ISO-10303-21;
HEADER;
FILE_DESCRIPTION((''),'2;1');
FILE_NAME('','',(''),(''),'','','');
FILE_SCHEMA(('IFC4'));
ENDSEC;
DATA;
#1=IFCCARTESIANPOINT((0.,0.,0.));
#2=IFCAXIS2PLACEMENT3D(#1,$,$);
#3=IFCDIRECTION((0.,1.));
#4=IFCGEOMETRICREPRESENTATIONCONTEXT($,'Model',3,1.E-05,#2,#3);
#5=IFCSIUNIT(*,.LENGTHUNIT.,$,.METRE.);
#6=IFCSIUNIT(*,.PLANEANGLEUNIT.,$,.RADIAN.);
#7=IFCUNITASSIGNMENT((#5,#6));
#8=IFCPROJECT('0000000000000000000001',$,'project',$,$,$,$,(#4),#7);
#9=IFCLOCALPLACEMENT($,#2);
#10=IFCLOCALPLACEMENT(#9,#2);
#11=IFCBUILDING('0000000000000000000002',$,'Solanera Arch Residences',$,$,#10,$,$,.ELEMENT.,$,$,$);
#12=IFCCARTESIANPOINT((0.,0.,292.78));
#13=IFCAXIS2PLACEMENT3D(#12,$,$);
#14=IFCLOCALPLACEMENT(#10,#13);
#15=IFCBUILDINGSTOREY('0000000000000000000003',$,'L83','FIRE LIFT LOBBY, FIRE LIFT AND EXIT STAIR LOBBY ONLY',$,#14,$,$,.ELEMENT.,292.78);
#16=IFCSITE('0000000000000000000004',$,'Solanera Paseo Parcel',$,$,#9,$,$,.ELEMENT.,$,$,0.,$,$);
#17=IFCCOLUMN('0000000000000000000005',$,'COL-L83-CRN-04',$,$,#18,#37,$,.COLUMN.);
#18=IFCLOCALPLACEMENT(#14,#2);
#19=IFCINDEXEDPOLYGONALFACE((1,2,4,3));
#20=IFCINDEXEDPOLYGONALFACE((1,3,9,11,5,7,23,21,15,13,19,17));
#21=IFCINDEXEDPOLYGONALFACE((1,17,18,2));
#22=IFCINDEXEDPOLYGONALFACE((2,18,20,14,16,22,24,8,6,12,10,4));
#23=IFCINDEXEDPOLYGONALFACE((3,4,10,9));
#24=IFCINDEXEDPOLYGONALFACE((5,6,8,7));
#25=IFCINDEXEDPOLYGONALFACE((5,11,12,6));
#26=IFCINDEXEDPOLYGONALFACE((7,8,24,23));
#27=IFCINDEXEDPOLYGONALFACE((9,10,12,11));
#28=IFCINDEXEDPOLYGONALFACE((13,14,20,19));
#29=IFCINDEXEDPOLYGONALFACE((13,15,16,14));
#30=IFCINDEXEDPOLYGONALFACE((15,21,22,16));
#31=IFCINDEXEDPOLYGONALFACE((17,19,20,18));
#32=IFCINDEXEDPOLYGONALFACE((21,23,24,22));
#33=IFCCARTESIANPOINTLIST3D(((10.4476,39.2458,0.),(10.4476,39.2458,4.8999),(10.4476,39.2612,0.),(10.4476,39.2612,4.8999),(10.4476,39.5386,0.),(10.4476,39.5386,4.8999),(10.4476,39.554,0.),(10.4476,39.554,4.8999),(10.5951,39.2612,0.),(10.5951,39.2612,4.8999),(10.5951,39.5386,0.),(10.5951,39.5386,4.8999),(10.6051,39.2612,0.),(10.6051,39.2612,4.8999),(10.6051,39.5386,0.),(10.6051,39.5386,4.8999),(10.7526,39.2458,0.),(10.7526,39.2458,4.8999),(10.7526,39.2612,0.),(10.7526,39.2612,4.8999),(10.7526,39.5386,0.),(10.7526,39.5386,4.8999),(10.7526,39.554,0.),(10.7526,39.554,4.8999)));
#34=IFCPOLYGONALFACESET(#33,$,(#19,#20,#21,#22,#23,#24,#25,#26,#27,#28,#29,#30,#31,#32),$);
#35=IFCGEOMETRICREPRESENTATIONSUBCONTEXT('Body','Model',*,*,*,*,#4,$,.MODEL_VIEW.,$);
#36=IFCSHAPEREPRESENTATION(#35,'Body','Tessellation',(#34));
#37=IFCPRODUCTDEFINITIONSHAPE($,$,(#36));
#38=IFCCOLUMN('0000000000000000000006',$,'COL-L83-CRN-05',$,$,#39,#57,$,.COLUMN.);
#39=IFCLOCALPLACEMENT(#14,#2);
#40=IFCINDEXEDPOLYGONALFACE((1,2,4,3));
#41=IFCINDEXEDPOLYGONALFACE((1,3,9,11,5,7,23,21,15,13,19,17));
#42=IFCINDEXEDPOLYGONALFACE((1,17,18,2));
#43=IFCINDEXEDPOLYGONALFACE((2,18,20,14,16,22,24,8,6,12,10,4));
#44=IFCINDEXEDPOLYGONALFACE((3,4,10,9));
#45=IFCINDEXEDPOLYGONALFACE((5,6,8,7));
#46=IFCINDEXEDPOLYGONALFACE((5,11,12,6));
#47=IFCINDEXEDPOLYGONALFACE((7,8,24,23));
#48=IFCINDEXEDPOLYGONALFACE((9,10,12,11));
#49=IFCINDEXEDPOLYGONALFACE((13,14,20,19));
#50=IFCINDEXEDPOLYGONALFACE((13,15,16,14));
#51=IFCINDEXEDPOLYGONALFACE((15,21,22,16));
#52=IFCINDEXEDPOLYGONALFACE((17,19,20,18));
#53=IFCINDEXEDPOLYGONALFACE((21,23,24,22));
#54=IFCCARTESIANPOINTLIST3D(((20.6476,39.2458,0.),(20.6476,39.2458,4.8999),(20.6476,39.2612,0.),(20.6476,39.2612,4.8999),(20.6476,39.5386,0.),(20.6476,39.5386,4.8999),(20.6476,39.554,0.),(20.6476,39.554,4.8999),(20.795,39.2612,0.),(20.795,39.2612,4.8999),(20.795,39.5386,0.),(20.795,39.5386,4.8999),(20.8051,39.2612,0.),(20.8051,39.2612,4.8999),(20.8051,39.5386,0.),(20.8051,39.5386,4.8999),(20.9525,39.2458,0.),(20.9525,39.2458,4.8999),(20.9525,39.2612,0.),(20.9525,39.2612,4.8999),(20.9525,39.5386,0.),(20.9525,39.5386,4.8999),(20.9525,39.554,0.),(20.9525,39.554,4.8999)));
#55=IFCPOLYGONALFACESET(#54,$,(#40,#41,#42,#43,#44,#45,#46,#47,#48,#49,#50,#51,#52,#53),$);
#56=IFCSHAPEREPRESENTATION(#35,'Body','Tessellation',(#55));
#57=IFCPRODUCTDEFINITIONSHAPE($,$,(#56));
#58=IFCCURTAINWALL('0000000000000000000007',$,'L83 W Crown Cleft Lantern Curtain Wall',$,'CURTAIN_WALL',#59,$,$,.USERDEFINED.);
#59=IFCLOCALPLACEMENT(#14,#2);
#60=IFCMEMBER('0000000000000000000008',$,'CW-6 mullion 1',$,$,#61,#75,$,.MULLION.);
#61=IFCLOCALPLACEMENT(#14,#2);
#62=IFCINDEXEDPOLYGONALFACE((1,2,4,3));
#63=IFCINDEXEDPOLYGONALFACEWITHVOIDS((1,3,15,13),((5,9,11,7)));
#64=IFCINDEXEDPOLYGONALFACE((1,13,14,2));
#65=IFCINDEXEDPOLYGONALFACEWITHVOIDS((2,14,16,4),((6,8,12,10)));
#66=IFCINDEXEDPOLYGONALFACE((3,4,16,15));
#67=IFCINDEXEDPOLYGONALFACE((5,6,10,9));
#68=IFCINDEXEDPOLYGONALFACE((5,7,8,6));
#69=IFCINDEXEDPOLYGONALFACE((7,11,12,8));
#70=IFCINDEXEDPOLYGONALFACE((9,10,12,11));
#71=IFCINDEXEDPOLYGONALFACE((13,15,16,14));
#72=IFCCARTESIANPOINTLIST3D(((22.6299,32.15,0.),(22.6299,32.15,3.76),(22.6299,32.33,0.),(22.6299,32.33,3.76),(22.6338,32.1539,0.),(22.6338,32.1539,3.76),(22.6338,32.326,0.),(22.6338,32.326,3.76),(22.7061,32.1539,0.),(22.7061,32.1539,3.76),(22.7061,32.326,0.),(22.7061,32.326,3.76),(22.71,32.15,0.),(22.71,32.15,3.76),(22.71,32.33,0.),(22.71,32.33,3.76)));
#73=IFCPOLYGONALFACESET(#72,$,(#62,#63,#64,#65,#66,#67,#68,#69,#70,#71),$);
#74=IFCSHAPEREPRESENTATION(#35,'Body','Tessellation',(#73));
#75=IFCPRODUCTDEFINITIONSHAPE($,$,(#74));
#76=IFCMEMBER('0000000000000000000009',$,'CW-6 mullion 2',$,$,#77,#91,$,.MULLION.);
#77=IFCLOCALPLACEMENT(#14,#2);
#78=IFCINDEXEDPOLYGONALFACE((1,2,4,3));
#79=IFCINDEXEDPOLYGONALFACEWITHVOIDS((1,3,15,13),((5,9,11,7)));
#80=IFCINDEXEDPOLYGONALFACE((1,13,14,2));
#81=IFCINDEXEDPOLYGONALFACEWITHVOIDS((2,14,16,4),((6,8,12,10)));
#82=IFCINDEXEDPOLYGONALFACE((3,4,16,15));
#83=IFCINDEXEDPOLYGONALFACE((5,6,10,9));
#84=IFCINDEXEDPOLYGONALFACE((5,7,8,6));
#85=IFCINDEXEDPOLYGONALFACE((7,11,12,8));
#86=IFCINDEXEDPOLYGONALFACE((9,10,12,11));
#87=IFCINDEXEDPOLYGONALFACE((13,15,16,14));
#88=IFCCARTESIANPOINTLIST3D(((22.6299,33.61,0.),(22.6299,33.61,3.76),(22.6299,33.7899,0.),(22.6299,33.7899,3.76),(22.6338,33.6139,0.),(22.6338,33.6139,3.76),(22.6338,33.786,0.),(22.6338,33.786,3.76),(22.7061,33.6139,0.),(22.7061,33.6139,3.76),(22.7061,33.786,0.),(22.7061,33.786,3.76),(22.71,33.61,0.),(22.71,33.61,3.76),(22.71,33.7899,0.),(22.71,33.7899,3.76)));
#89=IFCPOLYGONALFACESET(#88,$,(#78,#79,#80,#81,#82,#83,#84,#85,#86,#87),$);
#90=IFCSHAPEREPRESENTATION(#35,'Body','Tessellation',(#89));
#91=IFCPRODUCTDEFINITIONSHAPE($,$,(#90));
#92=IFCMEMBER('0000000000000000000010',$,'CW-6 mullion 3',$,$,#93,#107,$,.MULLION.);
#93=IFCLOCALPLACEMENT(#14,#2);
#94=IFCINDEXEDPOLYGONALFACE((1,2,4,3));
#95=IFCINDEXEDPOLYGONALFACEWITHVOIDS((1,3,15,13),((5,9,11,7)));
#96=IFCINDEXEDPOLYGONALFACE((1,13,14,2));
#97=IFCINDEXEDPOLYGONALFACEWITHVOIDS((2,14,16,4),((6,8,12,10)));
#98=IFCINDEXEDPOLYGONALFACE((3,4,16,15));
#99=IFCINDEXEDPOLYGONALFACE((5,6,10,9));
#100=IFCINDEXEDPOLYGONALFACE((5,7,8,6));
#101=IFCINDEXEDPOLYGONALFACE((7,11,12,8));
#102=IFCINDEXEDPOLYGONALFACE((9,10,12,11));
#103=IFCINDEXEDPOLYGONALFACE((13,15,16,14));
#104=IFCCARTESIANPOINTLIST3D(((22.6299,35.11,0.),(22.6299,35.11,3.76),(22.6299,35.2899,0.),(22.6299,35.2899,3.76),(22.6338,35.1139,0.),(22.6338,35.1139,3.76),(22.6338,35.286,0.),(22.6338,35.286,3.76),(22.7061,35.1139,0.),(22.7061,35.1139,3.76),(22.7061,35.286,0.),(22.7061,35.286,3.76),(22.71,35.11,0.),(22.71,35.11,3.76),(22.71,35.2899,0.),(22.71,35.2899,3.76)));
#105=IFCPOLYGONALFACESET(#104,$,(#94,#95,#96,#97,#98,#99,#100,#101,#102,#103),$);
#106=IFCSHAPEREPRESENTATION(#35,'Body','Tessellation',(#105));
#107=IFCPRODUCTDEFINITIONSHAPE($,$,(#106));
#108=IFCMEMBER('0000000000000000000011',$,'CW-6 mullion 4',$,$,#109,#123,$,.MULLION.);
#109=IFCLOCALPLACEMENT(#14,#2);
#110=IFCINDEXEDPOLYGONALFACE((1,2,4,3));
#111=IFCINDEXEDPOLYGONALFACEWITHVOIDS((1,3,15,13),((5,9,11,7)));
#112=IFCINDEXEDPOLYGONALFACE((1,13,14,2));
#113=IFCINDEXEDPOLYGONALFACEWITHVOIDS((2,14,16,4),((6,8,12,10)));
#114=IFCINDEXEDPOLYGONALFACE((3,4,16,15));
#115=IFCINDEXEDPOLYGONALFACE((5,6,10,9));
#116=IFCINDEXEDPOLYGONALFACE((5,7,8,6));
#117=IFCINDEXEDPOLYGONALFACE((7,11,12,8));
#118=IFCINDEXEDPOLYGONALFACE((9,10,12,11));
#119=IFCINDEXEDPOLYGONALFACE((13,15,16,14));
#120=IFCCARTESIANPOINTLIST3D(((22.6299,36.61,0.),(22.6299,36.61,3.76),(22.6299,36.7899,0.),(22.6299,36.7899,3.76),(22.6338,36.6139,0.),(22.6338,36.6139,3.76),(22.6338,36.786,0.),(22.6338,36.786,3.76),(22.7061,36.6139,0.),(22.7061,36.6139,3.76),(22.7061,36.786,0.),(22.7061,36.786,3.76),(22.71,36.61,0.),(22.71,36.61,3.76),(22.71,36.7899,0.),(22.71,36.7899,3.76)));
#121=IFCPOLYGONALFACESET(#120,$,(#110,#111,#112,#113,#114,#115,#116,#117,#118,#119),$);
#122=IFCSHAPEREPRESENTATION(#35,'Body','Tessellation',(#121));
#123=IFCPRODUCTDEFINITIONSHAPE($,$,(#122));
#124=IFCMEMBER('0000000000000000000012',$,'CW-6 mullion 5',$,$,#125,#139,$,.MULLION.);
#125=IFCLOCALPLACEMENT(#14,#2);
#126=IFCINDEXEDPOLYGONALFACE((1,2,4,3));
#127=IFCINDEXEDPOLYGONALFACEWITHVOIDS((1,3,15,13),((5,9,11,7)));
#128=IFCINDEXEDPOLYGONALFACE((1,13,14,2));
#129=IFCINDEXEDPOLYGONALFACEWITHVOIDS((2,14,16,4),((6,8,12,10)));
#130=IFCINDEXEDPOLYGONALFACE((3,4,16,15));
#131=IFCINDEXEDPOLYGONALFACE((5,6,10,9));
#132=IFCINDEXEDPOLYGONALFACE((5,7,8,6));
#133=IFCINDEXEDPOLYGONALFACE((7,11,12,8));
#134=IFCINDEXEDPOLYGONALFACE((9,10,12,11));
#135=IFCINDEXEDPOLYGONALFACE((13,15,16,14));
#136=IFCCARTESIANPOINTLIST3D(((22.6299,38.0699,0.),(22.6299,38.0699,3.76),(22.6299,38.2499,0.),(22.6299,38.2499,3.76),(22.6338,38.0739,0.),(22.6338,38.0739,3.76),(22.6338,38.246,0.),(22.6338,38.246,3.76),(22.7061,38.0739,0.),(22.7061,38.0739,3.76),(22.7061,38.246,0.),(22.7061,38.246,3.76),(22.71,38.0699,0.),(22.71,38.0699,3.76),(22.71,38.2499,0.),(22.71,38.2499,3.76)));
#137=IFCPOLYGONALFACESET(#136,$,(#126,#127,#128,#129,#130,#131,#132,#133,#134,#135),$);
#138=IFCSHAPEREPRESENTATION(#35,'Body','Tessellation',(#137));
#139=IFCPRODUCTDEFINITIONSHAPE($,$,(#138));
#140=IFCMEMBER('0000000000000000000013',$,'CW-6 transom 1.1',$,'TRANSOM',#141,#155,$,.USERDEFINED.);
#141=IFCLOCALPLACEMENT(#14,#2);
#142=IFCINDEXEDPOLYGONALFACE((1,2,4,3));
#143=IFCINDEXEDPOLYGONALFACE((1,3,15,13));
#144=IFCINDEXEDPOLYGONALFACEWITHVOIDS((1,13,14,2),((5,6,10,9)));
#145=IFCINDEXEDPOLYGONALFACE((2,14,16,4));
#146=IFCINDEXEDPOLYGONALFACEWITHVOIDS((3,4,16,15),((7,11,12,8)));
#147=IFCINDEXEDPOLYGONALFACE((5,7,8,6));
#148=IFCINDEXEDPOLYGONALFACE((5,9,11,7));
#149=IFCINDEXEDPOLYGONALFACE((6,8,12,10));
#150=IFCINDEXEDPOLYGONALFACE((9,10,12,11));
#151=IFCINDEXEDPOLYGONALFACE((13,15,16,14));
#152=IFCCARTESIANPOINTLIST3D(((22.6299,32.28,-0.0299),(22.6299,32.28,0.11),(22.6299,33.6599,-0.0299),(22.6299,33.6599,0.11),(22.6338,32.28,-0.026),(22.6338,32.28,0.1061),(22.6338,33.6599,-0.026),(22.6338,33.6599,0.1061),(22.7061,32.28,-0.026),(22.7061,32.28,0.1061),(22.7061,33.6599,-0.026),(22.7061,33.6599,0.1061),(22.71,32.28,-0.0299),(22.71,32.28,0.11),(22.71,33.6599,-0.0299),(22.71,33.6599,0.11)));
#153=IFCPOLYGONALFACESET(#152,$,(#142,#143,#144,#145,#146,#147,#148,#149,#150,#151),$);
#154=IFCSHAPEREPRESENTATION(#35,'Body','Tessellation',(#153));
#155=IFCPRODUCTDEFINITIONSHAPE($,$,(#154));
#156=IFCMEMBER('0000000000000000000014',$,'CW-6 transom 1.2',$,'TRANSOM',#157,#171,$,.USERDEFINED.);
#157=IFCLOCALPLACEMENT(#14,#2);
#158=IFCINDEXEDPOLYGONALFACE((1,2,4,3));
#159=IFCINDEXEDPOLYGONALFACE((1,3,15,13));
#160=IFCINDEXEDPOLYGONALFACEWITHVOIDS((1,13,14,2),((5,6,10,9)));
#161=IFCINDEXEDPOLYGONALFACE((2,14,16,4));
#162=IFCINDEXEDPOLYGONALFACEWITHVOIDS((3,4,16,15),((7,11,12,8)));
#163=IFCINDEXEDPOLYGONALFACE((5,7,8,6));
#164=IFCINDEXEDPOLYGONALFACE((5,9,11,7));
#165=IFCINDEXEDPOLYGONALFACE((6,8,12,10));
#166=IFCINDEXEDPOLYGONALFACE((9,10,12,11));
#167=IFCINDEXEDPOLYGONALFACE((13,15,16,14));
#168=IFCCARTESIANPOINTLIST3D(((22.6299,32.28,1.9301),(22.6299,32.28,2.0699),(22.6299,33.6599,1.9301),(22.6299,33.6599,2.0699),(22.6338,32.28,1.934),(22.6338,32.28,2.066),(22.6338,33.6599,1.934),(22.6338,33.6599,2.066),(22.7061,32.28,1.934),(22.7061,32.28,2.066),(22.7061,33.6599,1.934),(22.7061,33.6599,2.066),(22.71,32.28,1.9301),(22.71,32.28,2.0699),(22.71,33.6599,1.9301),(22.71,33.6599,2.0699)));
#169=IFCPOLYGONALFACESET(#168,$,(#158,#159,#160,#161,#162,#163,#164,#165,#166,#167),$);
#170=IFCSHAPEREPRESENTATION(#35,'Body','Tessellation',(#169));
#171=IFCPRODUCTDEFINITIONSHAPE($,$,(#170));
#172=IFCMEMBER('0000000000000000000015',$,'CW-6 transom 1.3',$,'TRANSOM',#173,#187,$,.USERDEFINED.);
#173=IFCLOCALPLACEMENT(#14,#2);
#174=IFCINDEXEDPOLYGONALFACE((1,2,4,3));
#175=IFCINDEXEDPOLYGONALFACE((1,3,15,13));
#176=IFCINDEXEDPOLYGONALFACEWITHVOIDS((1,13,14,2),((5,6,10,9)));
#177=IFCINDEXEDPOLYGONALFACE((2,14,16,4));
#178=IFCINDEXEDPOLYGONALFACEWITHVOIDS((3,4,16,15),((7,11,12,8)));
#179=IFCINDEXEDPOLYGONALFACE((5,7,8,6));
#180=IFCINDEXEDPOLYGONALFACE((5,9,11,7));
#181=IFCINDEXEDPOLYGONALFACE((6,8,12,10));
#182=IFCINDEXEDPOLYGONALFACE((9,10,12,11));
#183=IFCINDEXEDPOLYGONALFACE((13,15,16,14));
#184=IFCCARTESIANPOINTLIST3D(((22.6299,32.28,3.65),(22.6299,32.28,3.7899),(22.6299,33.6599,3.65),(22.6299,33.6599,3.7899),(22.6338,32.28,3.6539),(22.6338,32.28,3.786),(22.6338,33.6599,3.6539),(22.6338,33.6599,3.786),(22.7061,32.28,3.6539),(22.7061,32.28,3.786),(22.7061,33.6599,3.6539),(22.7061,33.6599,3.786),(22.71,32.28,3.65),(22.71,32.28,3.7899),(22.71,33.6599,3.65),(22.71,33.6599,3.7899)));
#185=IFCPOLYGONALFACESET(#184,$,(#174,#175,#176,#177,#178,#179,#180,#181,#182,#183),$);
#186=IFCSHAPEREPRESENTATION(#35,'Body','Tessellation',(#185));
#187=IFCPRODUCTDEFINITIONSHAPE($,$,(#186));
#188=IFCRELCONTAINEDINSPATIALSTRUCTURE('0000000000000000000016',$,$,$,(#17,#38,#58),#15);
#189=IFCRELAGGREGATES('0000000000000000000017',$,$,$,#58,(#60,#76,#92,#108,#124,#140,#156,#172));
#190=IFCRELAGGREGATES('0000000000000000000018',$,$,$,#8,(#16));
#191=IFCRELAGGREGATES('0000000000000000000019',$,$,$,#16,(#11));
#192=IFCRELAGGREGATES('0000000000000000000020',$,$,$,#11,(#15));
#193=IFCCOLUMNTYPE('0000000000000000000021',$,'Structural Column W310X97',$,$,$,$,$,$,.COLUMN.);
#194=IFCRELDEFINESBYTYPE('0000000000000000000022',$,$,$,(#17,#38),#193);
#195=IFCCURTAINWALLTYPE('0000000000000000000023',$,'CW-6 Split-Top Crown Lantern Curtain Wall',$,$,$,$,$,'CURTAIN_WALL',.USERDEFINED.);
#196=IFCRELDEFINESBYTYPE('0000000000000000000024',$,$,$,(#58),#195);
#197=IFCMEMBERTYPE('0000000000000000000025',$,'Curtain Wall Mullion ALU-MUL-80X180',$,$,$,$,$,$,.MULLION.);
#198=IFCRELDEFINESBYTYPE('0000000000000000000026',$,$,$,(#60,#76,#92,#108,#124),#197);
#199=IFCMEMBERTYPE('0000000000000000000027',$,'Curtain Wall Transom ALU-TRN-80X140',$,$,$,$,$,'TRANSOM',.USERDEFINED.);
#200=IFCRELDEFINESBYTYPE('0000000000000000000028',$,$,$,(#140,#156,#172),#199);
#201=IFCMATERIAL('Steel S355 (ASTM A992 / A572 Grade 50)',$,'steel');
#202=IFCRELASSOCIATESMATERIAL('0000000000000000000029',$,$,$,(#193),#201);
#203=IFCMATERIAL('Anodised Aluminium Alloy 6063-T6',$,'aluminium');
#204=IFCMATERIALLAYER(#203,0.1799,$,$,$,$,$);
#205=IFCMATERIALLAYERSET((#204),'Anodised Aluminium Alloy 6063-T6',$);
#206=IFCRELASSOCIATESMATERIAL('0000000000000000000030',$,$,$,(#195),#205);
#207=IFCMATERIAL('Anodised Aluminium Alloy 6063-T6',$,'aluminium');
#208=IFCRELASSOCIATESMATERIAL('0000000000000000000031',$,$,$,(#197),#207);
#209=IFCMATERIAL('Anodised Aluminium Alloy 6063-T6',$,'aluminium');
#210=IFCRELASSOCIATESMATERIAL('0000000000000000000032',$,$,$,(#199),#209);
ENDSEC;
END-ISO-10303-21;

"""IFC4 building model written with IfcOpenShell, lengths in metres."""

from ifc_helpers import new_model, si_unit, direction, frame, origin, origin_2d, place, context, subcontext, project, spatial, hollow_rectangle, i_section, extrude, material, layer, layer_set, material_profile, profile_set, type_object, element, aggregate, save


model = new_model("IFC4")

# Units and contexts
model_context = context("Model", 3, precision=1e-05, world=origin(), true_north=direction((0.0, 1.0)))
body_context = subcontext(model_context, "Body", "Model", "MODEL_VIEW")
ifc_project = project(units=[si_unit("LENGTHUNIT", "METRE"), si_unit("PLANEANGLEUNIT", "RADIAN")], contexts=[model_context])

# Site, building, storey
site_placement = place(None, origin())
site = spatial("IfcSite", under=ifc_project, at=site_placement, Name="Solanera Paseo Parcel", CompositionType="ELEMENT", RefElevation=0.0)
building_placement = place(site_placement, origin())
building = spatial("IfcBuilding", under=site, at=building_placement, Name="Solanera Arch Residences", CompositionType="ELEMENT")
storey_placement = place(building_placement, frame((0.0, 0.0, 292.78)))
storey = spatial("IfcBuildingStorey", under=building, at=storey_placement, Name="L83", Description="FIRE LIFT LOBBY, FIRE LIFT AND EXIT STAIR LOBBY ONLY", CompositionType="ELEMENT", Elevation=292.78)

# Columns
ifc_material_1 = material(Name="Steel S355 (ASTM A992 / A572 Grade 50)", Category="steel")
ifc_material_profile_1 = material_profile(ifc_material_1, i_section(OverallWidth=0.3049, OverallDepth=0.3081, WebThickness=0.01, FlangeThickness=0.0154, at=origin_2d()))
ifc_profile_set_1 = profile_set([ifc_material_profile_1], Name="Steel S355 (ASTM A992 / A572 Grade 50)")
column_type = type_object("IfcColumnType", Name="Structural Column W310X97", PredefinedType="COLUMN", material=ifc_profile_set_1)
for number, where, z_axis, x_axis, name in (
    (1, (10.6001, 39.3999, 0.0), (0.0, 0.0, 1.0), (1.0, 0.0, 0.0), "COL-L83-CRN-04"),
    (2, (20.8, 39.3999, 0.0), (0.0, 0.0, 1.0), (1.0, 0.0, 0.0), "COL-L83-CRN-05"),
):
    element("IfcColumn", number, at=place(storey_placement, frame(where, z_axis=z_axis, x_axis=x_axis)), inside=storey, type_object=column_type, Name=name, PredefinedType="COLUMN", context=body_context, shape_type="SweptSolid", body=[
        extrude(i_section(OverallWidth=0.3049, OverallDepth=0.3081, WebThickness=0.01, FlangeThickness=0.0154, at=origin_2d()), origin(), (0.0, 0.0, 1.0), 4.8999),
    ])

# Curtain wall, members
ifc_material_2 = material(Name="Anodised Aluminium Alloy 6063-T6", Category="aluminium")
ifc_layer_1 = layer(ifc_material_2, 0.1799)
ifc_layer_set_1 = layer_set([ifc_layer_1], Name="Anodised Aluminium Alloy 6063-T6")
curtain_wall_type = type_object("IfcCurtainWallType", Name="CW-6 Split-Top Crown Lantern Curtain Wall", ElementType="CURTAIN_WALL", PredefinedType="USERDEFINED", material=ifc_layer_set_1)
curtain_wall_placement = place(storey_placement, origin())
curtain_wall = element("IfcCurtainWall", 3, at=curtain_wall_placement, inside=storey, type_object=curtain_wall_type, Name="L83 W Crown Cleft Lantern Curtain Wall", ObjectType="CURTAIN_WALL", PredefinedType="USERDEFINED")
ifc_material_3 = material(Name="Anodised Aluminium Alloy 6063-T6", Category="aluminium")
ifc_material_profile_2 = material_profile(ifc_material_3, hollow_rectangle(XDim=0.0801, YDim=0.1799, WallThickness=0.0039, at=origin_2d()))
ifc_profile_set_2 = profile_set([ifc_material_profile_2], Name="Anodised Aluminium Alloy 6063-T6")
member_type_1 = type_object("IfcMemberType", Name="Curtain Wall Mullion ALU-MUL-80X180", PredefinedType="MULLION", material=ifc_profile_set_2)
member_1_placement = place(storey_placement, frame((22.6699, 32.24, 0.0), z_axis=(0.0, 0.0, 1.0), x_axis=(-1.0, 0.0, 0.0)))
member_1 = element("IfcMember", 4, at=member_1_placement, type_object=member_type_1, Name="CW-6 mullion 1", PredefinedType="MULLION", context=body_context, shape_type="SweptSolid", body=[
    extrude(hollow_rectangle(XDim=0.0801, YDim=0.1799, WallThickness=0.0039, at=origin_2d()), origin(), (0.0, 0.0, 1.0), 3.76),
])
member_2_placement = place(storey_placement, frame((22.6699, 33.7, 0.0), z_axis=(0.0, 0.0, 1.0), x_axis=(-1.0, 0.0, 0.0)))
member_2 = element("IfcMember", 5, at=member_2_placement, type_object=member_type_1, Name="CW-6 mullion 2", PredefinedType="MULLION", context=body_context, shape_type="SweptSolid", body=[
    extrude(hollow_rectangle(XDim=0.0801, YDim=0.1799, WallThickness=0.0039, at=origin_2d()), origin(), (0.0, 0.0, 1.0), 3.76),
])
member_3_placement = place(storey_placement, frame((22.6699, 35.2, 0.0), z_axis=(0.0, 0.0, 1.0), x_axis=(-1.0, 0.0, 0.0)))
member_3 = element("IfcMember", 6, at=member_3_placement, type_object=member_type_1, Name="CW-6 mullion 3", PredefinedType="MULLION", context=body_context, shape_type="SweptSolid", body=[
    extrude(hollow_rectangle(XDim=0.0801, YDim=0.1799, WallThickness=0.0039, at=origin_2d()), origin(), (0.0, 0.0, 1.0), 3.76),
])
member_4_placement = place(storey_placement, frame((22.6699, 36.7, 0.0), z_axis=(0.0, 0.0, 1.0), x_axis=(-1.0, 0.0, 0.0)))
member_4 = element("IfcMember", 7, at=member_4_placement, type_object=member_type_1, Name="CW-6 mullion 4", PredefinedType="MULLION", context=body_context, shape_type="SweptSolid", body=[
    extrude(hollow_rectangle(XDim=0.0801, YDim=0.1799, WallThickness=0.0039, at=origin_2d()), origin(), (0.0, 0.0, 1.0), 3.76),
])
member_5_placement = place(storey_placement, frame((22.6699, 38.1599, 0.0), z_axis=(0.0, 0.0, 1.0), x_axis=(-1.0, 0.0, 0.0)))
member_5 = element("IfcMember", 8, at=member_5_placement, type_object=member_type_1, Name="CW-6 mullion 5", PredefinedType="MULLION", context=body_context, shape_type="SweptSolid", body=[
    extrude(hollow_rectangle(XDim=0.0801, YDim=0.1799, WallThickness=0.0039, at=origin_2d()), origin(), (0.0, 0.0, 1.0), 3.76),
])
ifc_material_4 = material(Name="Anodised Aluminium Alloy 6063-T6", Category="aluminium")
ifc_material_profile_3 = material_profile(ifc_material_4, hollow_rectangle(XDim=0.0801, YDim=0.1399, WallThickness=0.0039, at=origin_2d()))
ifc_profile_set_3 = profile_set([ifc_material_profile_3], Name="Anodised Aluminium Alloy 6063-T6")
member_type_2 = type_object("IfcMemberType", Name="Curtain Wall Transom ALU-TRN-80X140", ElementType="TRANSOM", PredefinedType="USERDEFINED", material=ifc_profile_set_3)
member_6_placement = place(storey_placement, frame((22.6699, 32.28, 0.04), z_axis=(0.0, 1.0, 0.0), x_axis=(-1.0, 0.0, 0.0)))
member_6 = element("IfcMember", 9, at=member_6_placement, type_object=member_type_2, Name="CW-6 transom 1.1", ObjectType="TRANSOM", PredefinedType="USERDEFINED", context=body_context, shape_type="SweptSolid", body=[
    extrude(hollow_rectangle(XDim=0.0801, YDim=0.1399, WallThickness=0.0039, at=origin_2d()), origin(), (0.0, 0.0, 1.0), 1.3799),
])
member_7_placement = place(storey_placement, frame((22.6699, 32.28, 2.0), z_axis=(0.0, 1.0, 0.0), x_axis=(-1.0, 0.0, 0.0)))
member_7 = element("IfcMember", 10, at=member_7_placement, type_object=member_type_2, Name="CW-6 transom 1.2", ObjectType="TRANSOM", PredefinedType="USERDEFINED", context=body_context, shape_type="SweptSolid", body=[
    extrude(hollow_rectangle(XDim=0.0801, YDim=0.1399, WallThickness=0.0039, at=origin_2d()), origin(), (0.0, 0.0, 1.0), 1.3799),
])
member_8_placement = place(storey_placement, frame((22.6699, 32.28, 3.72), z_axis=(0.0, 1.0, 0.0), x_axis=(-1.0, 0.0, 0.0)))
member_8 = element("IfcMember", 11, at=member_8_placement, type_object=member_type_2, Name="CW-6 transom 1.3", ObjectType="TRANSOM", PredefinedType="USERDEFINED", context=body_context, shape_type="SweptSolid", body=[
    extrude(hollow_rectangle(XDim=0.0801, YDim=0.1399, WallThickness=0.0039, at=origin_2d()), origin(), (0.0, 0.0, 1.0), 1.3799),
])

aggregate(curtain_wall, [member_1, member_2, member_3, member_4, member_5, member_6, member_7, member_8])

save(model, "model.ifc")
